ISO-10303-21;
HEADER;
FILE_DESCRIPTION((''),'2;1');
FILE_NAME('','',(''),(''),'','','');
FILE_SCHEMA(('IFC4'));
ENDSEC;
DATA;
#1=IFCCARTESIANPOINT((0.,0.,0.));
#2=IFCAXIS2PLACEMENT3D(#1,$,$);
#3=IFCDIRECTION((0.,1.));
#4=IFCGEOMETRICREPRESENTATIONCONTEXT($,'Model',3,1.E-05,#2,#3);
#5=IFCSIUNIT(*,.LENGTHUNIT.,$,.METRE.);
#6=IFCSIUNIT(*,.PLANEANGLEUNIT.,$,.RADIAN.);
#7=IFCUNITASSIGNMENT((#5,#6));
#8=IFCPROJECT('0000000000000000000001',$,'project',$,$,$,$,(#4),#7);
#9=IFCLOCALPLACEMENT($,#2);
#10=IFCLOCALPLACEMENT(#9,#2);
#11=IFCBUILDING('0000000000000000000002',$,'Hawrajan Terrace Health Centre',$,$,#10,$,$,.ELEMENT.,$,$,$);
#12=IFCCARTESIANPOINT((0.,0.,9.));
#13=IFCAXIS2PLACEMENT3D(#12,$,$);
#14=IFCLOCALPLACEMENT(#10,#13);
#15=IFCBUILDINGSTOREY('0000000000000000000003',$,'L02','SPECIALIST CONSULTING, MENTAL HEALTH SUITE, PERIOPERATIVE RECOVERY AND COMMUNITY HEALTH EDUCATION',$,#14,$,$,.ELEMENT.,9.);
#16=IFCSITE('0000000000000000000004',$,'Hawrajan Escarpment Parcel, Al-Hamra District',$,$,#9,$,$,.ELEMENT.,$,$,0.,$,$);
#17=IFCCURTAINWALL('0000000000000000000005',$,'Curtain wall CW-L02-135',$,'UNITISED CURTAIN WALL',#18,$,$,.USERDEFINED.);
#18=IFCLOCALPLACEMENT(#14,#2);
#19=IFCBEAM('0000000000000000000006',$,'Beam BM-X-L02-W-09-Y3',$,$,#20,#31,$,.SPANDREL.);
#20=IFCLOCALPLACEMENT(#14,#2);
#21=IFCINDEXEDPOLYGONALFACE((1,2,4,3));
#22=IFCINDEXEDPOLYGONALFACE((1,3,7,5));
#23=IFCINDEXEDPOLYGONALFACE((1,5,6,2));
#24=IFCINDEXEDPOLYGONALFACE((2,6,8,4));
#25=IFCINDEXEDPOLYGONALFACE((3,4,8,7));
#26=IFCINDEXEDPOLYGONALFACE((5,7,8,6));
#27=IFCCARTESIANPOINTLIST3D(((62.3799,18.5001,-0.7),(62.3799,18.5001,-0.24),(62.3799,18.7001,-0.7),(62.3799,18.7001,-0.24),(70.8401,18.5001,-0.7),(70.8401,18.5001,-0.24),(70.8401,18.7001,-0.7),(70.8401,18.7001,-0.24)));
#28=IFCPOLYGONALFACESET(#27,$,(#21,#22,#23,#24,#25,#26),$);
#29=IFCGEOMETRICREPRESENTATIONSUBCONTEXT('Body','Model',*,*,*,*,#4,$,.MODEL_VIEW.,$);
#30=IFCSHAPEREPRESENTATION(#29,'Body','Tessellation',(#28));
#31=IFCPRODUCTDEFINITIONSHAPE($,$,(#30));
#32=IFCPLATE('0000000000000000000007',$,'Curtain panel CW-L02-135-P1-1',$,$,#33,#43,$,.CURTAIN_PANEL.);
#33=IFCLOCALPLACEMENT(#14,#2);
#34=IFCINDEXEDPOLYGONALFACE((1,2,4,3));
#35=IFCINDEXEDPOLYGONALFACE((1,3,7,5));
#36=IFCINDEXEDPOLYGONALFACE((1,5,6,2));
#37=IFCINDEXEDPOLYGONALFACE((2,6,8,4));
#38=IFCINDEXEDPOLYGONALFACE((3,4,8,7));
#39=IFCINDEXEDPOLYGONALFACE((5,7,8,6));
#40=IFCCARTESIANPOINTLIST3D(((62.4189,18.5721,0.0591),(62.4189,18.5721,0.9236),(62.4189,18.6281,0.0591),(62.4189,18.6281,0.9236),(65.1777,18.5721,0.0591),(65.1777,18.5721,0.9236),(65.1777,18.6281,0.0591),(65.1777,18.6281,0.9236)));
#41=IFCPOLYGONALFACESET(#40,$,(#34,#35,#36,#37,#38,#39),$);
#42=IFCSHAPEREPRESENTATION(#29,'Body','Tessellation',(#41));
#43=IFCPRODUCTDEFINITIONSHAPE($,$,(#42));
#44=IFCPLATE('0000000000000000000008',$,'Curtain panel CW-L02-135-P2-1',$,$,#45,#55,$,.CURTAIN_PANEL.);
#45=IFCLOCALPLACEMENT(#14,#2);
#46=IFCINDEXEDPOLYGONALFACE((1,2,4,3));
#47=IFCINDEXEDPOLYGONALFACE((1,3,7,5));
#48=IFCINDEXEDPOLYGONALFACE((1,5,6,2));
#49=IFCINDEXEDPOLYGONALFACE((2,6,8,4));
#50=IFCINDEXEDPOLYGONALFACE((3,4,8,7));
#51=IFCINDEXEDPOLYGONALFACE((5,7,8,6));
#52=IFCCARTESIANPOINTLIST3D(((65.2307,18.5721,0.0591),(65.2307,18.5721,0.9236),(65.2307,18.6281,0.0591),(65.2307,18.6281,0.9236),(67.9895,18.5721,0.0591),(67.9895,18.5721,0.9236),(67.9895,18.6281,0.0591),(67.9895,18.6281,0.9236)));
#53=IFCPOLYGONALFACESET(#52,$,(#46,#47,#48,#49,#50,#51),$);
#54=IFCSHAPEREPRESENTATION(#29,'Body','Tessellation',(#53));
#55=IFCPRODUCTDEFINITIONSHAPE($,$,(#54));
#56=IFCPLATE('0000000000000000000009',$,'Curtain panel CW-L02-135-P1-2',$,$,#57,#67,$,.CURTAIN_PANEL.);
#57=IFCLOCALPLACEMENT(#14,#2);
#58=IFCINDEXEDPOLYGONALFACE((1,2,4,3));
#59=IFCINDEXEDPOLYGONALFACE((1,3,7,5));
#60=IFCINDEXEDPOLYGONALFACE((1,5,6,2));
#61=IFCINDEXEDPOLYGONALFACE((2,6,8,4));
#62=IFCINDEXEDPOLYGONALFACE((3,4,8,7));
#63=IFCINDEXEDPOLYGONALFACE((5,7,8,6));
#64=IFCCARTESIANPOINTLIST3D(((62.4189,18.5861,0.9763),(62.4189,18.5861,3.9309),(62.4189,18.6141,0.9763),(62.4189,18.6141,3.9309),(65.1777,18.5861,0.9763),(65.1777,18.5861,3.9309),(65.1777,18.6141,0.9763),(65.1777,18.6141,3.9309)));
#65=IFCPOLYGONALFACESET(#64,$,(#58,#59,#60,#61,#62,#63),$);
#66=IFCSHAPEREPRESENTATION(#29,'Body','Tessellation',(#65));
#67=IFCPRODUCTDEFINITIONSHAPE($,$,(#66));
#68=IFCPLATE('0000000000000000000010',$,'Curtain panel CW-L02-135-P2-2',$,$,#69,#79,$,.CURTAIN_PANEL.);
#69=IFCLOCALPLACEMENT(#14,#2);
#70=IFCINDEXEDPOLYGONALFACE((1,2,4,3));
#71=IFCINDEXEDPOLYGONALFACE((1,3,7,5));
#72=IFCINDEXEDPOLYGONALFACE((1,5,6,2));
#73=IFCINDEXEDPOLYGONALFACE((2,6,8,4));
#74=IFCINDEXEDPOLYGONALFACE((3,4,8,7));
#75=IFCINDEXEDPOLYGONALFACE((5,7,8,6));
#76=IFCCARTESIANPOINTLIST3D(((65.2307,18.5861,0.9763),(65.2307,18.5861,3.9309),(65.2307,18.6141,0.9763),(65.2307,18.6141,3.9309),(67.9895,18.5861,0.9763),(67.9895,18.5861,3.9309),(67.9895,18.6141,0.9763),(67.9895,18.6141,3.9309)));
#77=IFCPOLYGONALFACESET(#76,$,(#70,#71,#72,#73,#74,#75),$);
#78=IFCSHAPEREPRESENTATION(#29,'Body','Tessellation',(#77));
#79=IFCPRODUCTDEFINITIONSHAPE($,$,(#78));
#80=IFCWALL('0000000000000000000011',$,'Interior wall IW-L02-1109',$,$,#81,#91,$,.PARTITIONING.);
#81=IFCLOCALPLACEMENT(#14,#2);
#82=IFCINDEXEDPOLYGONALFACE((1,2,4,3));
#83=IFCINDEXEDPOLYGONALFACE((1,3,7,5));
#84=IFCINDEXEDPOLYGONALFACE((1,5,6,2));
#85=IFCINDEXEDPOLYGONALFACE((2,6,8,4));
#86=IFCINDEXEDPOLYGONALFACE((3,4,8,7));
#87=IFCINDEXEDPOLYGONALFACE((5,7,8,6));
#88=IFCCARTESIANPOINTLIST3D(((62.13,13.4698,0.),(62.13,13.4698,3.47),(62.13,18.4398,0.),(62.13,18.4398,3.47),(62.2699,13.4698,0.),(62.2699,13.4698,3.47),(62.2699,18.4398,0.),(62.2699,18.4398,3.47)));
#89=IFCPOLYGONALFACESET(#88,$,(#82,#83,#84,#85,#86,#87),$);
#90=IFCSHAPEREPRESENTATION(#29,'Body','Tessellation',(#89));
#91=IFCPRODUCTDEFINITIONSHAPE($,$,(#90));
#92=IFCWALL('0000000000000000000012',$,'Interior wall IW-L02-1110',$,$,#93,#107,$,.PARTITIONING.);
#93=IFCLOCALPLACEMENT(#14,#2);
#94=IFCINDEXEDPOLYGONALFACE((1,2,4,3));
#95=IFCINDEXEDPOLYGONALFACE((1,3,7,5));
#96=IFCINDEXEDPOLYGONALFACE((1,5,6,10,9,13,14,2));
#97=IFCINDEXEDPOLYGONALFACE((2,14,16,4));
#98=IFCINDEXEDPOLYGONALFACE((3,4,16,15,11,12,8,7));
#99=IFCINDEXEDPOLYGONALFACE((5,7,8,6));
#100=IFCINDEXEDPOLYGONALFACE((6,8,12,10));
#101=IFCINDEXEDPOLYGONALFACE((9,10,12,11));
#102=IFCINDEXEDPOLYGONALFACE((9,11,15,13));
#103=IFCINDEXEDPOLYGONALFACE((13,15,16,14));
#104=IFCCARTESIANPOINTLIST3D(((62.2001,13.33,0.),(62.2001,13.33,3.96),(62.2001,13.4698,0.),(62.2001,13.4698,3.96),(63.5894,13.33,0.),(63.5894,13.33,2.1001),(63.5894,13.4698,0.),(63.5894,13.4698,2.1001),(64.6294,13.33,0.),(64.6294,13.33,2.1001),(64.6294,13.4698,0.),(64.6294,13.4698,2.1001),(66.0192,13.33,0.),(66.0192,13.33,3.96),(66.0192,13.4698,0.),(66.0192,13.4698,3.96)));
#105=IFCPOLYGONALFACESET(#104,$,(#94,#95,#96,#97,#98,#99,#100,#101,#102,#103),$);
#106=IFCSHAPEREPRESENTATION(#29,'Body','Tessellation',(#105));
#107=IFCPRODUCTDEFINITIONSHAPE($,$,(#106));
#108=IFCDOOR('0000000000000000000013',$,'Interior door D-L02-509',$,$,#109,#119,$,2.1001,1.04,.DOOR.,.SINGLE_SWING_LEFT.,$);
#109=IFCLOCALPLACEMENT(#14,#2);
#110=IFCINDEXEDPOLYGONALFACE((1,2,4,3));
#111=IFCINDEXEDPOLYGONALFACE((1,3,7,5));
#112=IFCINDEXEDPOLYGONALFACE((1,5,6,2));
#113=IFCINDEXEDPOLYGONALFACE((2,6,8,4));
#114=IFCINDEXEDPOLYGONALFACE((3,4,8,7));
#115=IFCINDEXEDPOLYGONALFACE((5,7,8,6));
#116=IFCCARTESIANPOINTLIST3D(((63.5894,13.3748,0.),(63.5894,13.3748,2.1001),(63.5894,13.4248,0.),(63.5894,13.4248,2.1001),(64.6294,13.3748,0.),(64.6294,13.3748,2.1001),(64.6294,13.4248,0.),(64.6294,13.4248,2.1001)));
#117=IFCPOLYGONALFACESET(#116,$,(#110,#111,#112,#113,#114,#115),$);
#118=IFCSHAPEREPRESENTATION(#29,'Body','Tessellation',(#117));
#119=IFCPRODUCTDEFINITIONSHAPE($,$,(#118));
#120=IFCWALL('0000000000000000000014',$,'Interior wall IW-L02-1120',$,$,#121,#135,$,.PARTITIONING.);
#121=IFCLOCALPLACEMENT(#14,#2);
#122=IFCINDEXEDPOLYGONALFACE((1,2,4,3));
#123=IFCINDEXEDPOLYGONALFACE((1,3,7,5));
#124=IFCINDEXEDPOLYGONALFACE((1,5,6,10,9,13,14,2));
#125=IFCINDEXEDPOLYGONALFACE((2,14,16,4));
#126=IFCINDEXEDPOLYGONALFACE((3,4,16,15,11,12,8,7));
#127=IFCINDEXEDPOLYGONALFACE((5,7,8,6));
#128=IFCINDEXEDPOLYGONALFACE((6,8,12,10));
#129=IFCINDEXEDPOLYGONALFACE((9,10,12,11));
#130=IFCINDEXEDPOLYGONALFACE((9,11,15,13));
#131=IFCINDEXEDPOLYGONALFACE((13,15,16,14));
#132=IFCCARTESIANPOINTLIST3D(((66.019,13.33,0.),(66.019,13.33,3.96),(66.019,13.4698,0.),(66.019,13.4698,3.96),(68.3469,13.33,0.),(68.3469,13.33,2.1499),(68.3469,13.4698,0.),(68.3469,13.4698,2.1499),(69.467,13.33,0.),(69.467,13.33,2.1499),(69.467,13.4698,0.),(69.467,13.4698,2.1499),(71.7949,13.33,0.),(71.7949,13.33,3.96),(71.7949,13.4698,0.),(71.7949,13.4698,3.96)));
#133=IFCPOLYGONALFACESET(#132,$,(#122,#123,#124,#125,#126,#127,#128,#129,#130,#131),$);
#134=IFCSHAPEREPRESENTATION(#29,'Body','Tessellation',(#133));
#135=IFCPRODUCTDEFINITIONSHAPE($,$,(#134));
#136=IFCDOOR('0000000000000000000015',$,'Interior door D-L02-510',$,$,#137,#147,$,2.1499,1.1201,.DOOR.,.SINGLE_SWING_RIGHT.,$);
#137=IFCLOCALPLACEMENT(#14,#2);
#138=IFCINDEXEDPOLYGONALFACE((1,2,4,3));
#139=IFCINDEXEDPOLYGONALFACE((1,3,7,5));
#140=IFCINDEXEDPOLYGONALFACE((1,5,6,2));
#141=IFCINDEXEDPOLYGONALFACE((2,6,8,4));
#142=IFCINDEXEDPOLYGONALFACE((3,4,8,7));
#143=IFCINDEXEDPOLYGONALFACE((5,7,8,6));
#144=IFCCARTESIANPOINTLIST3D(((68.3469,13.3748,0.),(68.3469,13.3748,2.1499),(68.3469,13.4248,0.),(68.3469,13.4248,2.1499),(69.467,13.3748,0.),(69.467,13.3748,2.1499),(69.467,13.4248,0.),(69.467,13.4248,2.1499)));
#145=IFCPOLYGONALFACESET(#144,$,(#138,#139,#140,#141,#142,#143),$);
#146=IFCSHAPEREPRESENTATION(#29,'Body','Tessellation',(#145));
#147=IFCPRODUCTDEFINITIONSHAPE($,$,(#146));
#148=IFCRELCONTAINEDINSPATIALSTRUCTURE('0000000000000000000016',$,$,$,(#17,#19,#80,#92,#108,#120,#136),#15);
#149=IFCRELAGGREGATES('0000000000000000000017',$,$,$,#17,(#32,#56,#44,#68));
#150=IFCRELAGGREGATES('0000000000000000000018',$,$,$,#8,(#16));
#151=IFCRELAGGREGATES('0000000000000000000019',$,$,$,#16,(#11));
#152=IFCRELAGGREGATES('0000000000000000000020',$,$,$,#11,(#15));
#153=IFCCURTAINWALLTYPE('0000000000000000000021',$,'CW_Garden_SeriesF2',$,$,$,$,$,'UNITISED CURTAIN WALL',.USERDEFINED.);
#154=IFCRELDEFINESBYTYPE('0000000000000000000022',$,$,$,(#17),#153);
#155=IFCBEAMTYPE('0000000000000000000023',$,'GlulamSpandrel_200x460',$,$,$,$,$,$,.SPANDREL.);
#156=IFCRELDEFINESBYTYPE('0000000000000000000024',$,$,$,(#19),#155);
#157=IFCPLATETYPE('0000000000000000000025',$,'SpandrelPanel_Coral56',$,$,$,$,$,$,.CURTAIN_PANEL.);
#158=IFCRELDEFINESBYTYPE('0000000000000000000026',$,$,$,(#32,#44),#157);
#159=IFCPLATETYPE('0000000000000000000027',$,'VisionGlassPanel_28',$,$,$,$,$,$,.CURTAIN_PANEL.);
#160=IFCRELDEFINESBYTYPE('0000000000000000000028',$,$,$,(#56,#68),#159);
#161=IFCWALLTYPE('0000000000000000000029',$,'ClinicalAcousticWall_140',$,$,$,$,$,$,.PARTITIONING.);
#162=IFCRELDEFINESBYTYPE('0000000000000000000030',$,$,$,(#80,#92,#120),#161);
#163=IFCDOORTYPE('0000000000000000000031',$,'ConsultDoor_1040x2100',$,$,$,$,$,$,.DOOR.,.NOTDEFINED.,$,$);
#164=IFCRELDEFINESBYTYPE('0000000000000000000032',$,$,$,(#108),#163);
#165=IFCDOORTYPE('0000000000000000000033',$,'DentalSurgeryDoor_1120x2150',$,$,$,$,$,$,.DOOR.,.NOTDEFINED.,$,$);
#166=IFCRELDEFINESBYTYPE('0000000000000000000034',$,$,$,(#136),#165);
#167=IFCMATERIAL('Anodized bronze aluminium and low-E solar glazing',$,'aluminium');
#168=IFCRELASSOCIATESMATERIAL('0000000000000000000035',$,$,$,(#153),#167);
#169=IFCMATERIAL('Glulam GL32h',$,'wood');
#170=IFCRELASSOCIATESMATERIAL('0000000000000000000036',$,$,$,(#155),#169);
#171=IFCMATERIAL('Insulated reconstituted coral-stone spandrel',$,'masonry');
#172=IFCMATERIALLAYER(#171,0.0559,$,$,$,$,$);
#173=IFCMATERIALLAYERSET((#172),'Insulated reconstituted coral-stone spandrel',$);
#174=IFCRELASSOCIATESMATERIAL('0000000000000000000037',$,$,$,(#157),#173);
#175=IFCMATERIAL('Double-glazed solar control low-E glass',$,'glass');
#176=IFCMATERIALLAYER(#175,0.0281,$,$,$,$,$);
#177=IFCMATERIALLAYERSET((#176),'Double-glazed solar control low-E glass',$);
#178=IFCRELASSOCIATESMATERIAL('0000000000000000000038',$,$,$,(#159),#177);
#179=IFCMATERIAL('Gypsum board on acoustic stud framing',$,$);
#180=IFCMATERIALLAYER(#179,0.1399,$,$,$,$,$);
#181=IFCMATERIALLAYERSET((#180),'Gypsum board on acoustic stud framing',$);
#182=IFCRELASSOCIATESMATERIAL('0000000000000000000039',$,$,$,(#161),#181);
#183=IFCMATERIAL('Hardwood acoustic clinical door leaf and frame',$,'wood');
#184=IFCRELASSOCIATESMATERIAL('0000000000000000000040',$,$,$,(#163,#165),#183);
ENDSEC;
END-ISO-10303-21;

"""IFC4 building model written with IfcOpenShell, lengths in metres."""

from ifc_helpers import new_model, si_unit, direction, frame, frame_2d, origin, origin_2d, place, context, subcontext, project, spatial, rectangle, extrude, material, layer, layer_set, material_profile, profile_set, type_object, element, fill, aggregate, save


model = new_model("IFC4")

# Units and contexts
model_context = context("Model", 3, precision=1e-05, world=origin(), true_north=direction((0.0, 1.0)))
body_context = subcontext(model_context, "Body", "Model", "MODEL_VIEW")
ifc_project = project(units=[si_unit("LENGTHUNIT", "METRE"), si_unit("PLANEANGLEUNIT", "RADIAN")], contexts=[model_context])

# Site, building, storey
site_placement = place(None, origin())
site = spatial("IfcSite", under=ifc_project, at=site_placement, Name="Hawrajan Escarpment Parcel, Al-Hamra District", CompositionType="ELEMENT", RefElevation=0.0)
building_placement = place(site_placement, origin())
building = spatial("IfcBuilding", under=site, at=building_placement, Name="Hawrajan Terrace Health Centre", CompositionType="ELEMENT")
storey_placement = place(building_placement, frame((0.0, 0.0, 9.0)))
storey = spatial("IfcBuildingStorey", under=building, at=storey_placement, Name="L02", Description="SPECIALIST CONSULTING, MENTAL HEALTH SUITE, PERIOPERATIVE RECOVERY AND COMMUNITY HEALTH EDUCATION", CompositionType="ELEMENT", Elevation=9.0)

# Curtain wall
ifc_material_1 = material(Name="Anodized bronze aluminium and low-E solar glazing", Category="aluminium")
curtain_wall_type = type_object("IfcCurtainWallType", Name="CW_Garden_SeriesF2", ElementType="UNITISED CURTAIN WALL", PredefinedType="USERDEFINED", material=ifc_material_1)
curtain_wall_placement = place(storey_placement, origin())
curtain_wall = element("IfcCurtainWall", 1, at=curtain_wall_placement, inside=storey, type_object=curtain_wall_type, Name="Curtain wall CW-L02-135", ObjectType="UNITISED CURTAIN WALL", PredefinedType="USERDEFINED")

# Beam
ifc_material_2 = material(Name="Glulam GL32h", Category="wood")
ifc_material_profile_1 = material_profile(ifc_material_2, rectangle(XDim=0.2, YDim=0.46, at=origin_2d()), Name="GL SP 200x460")
ifc_profile_set_1 = profile_set([ifc_material_profile_1], Name="Glulam GL32h")
beam_type_1 = type_object("IfcBeamType", Name="GlulamSpandrel_200x460", PredefinedType="SPANDREL", material=ifc_profile_set_1)
beam_1_placement = place(storey_placement, frame((62.3799, 18.6001, -0.47), z_axis=(1.0, 0.0, 0.0), x_axis=(0.0, 1.0, 0.0)))
element("IfcBeam", 2, at=beam_1_placement, inside=storey, type_object=beam_type_1, Name="Beam BM-X-L02-W-09-Y3", PredefinedType="SPANDREL", context=body_context, shape_type="SweptSolid", body=[
    extrude(rectangle(XDim=0.2, YDim=0.46, at=origin_2d()), origin(), (0.0, 0.0, 1.0), 8.4602),
])

# Plates
ifc_material_3 = material(Name="Insulated reconstituted coral-stone spandrel", Category="masonry")
ifc_layer_1 = layer(ifc_material_3, 0.0559)
ifc_layer_set_1 = layer_set([ifc_layer_1], Name="Insulated reconstituted coral-stone spandrel")
plate_type_1 = type_object("IfcPlateType", Name="SpandrelPanel_Coral56", PredefinedType="CURTAIN_PANEL", material=ifc_layer_set_1)
plate_1_placement = place(storey_placement, frame((63.7983, 18.6001, 0.0591), z_axis=(0.0, 0.0, 1.0), x_axis=(1.0, 0.0, 0.0)))
plate_1 = element("IfcPlate", 3, at=plate_1_placement, type_object=plate_type_1, Name="Curtain panel CW-L02-135-P1-1", PredefinedType="CURTAIN_PANEL", context=body_context, shape_type="SweptSolid", body=[
    extrude(rectangle(XDim=2.7588, YDim=0.0559, at=origin_2d()), origin(), (0.0, 0.0, 1.0), 0.8645),
])
plate_2_placement = place(storey_placement, frame((66.6101, 18.6001, 0.0591), z_axis=(0.0, 0.0, 1.0), x_axis=(1.0, 0.0, 0.0)))
plate_2 = element("IfcPlate", 4, at=plate_2_placement, type_object=plate_type_1, Name="Curtain panel CW-L02-135-P2-1", PredefinedType="CURTAIN_PANEL", context=body_context, shape_type="SweptSolid", body=[
    extrude(rectangle(XDim=2.7588, YDim=0.0559, at=origin_2d()), origin(), (0.0, 0.0, 1.0), 0.8645),
])
ifc_material_4 = material(Name="Double-glazed solar control low-E glass", Category="glass")
ifc_layer_2 = layer(ifc_material_4, 0.0281)
ifc_layer_set_2 = layer_set([ifc_layer_2], Name="Double-glazed solar control low-E glass")
plate_type_2 = type_object("IfcPlateType", Name="VisionGlassPanel_28", PredefinedType="CURTAIN_PANEL", material=ifc_layer_set_2)
plate_3_placement = place(storey_placement, frame((63.7983, 18.6001, 0.9763), z_axis=(0.0, 0.0, 1.0), x_axis=(1.0, 0.0, 0.0)))
plate_3 = element("IfcPlate", 5, at=plate_3_placement, type_object=plate_type_2, Name="Curtain panel CW-L02-135-P1-2", PredefinedType="CURTAIN_PANEL", context=body_context, shape_type="SweptSolid", body=[
    extrude(rectangle(XDim=2.7588, YDim=0.0281, at=origin_2d()), origin(), (0.0, 0.0, 1.0), 2.9546),
])
plate_4_placement = place(storey_placement, frame((66.6101, 18.6001, 0.9763), z_axis=(0.0, 0.0, 1.0), x_axis=(1.0, 0.0, 0.0)))
plate_4 = element("IfcPlate", 6, at=plate_4_placement, type_object=plate_type_2, Name="Curtain panel CW-L02-135-P2-2", PredefinedType="CURTAIN_PANEL", context=body_context, shape_type="SweptSolid", body=[
    extrude(rectangle(XDim=2.7588, YDim=0.0281, at=origin_2d()), origin(), (0.0, 0.0, 1.0), 2.9546),
])
aggregate(curtain_wall, [plate_1, plate_3, plate_2, plate_4])

# Wall
ifc_material_5 = material(Name="Gypsum board on acoustic stud framing")
ifc_layer_3 = layer(ifc_material_5, 0.1399)
ifc_layer_set_3 = layer_set([ifc_layer_3], Name="Gypsum board on acoustic stud framing")
wall_type = type_object("IfcWallType", Name="ClinicalAcousticWall_140", PredefinedType="PARTITIONING", material=ifc_layer_set_3)
wall_1_placement = place(storey_placement, frame((62.2, 13.47, 0.0), z_axis=(0.0, 0.0, 1.0), x_axis=(0.0, 1.0, 0.0)))
element("IfcWall", 7, at=wall_1_placement, inside=storey, type_object=wall_type, Name="Interior wall IW-L02-1109", PredefinedType="PARTITIONING", context=body_context, shape_type="SweptSolid", body=[
    extrude(rectangle(XDim=4.97, YDim=0.1399, at=frame_2d((2.4849, 0.0))), origin(), (0.0, 0.0, 1.0), 3.47),
])

# Wall, opening, door
wall_2_placement = place(storey_placement, frame((62.2, 13.3999, 0.0), z_axis=(0.0, 0.0, 1.0), x_axis=(1.0, 0.0, 0.0)))
wall_2 = element("IfcWall", 8, at=wall_2_placement, inside=storey, type_object=wall_type, Name="Interior wall IW-L02-1110", PredefinedType="PARTITIONING", context=body_context, shape_type="SweptSolid", body=[
    extrude(rectangle(XDim=3.8191, YDim=0.1399, at=frame_2d((1.9097, 0.0))), origin(), (0.0, 0.0, 1.0), 3.96),
])
opening_1_placement = place(wall_2_placement, frame((1.3894, 0.0, 0.0)))
opening_1 = element("IfcOpeningElement", 9, at=opening_1_placement, cuts=wall_2, PredefinedType="OPENING", context=body_context, shape_type="SweptSolid", body=[
    extrude(rectangle(XDim=1.04, YDim=2.1001, at=frame_2d((0.52, 1.05))), frame((0.0, 0.0798, 0.0), z_axis=(0.0, -1.0, 0.0), x_axis=(1.0, 0.0, 0.0)), (0.0, 0.0, 1.0), 0.1599),
])
ifc_material_6 = material(Name="Hardwood acoustic clinical door leaf and frame", Category="wood")
door_type_1 = type_object("IfcDoorType", Name="ConsultDoor_1040x2100", OperationType="NOTDEFINED", PredefinedType="DOOR", material=ifc_material_6)
door_1_placement = place(opening_1_placement, origin())
door_1 = element("IfcDoor", 10, at=door_1_placement, inside=storey, type_object=door_type_1, Name="Interior door D-L02-509", OperationType="SINGLE_SWING_LEFT", OverallHeight=2.1001, OverallWidth=1.04, PredefinedType="DOOR", context=body_context, shape_type="SweptSolid", body=[
    extrude(rectangle(XDim=1.04, YDim=2.1001, at=frame_2d((0.52, 1.05))), frame((0.0, 0.0249, 0.0), z_axis=(0.0, -1.0, 0.0), x_axis=(1.0, 0.0, 0.0)), (0.0, 0.0, 1.0), 0.05),
])
fill(opening_1, door_1)

# Wall, opening, door
wall_3_placement = place(storey_placement, frame((66.019, 13.3999, 0.0), z_axis=(0.0, 0.0, 1.0), x_axis=(1.0, 0.0, 0.0)))
wall_3 = element("IfcWall", 11, at=wall_3_placement, inside=storey, type_object=wall_type, Name="Interior wall IW-L02-1120", PredefinedType="PARTITIONING", context=body_context, shape_type="SweptSolid", body=[
    extrude(rectangle(XDim=5.7759, YDim=0.1399, at=frame_2d((2.8879, 0.0))), origin(), (0.0, 0.0, 1.0), 3.96),
])
opening_2_placement = place(wall_3_placement, frame((2.3279, 0.0, 0.0)))
opening_2 = element("IfcOpeningElement", 12, at=opening_2_placement, cuts=wall_3, PredefinedType="OPENING", context=body_context, shape_type="SweptSolid", body=[
    extrude(rectangle(XDim=1.1201, YDim=2.1499, at=frame_2d((0.5601, 1.075))), frame((0.0, 0.0798, 0.0), z_axis=(0.0, -1.0, 0.0), x_axis=(1.0, 0.0, 0.0)), (0.0, 0.0, 1.0), 0.1599),
])
door_type_2 = type_object("IfcDoorType", Name="DentalSurgeryDoor_1120x2150", OperationType="NOTDEFINED", PredefinedType="DOOR", material=ifc_material_6)
door_2_placement = place(opening_2_placement, origin())
door_2 = element("IfcDoor", 13, at=door_2_placement, inside=storey, type_object=door_type_2, Name="Interior door D-L02-510", OperationType="SINGLE_SWING_RIGHT", OverallHeight=2.1499, OverallWidth=1.1201, PredefinedType="DOOR", context=body_context, shape_type="SweptSolid", body=[
    extrude(rectangle(XDim=1.1201, YDim=2.1499, at=frame_2d((0.5601, 1.075))), frame((0.0, 0.0249, 0.0), z_axis=(0.0, -1.0, 0.0), x_axis=(1.0, 0.0, 0.0)), (0.0, 0.0, 1.0), 0.05),
])
fill(opening_2, door_2)

save(model, "model.ifc")
